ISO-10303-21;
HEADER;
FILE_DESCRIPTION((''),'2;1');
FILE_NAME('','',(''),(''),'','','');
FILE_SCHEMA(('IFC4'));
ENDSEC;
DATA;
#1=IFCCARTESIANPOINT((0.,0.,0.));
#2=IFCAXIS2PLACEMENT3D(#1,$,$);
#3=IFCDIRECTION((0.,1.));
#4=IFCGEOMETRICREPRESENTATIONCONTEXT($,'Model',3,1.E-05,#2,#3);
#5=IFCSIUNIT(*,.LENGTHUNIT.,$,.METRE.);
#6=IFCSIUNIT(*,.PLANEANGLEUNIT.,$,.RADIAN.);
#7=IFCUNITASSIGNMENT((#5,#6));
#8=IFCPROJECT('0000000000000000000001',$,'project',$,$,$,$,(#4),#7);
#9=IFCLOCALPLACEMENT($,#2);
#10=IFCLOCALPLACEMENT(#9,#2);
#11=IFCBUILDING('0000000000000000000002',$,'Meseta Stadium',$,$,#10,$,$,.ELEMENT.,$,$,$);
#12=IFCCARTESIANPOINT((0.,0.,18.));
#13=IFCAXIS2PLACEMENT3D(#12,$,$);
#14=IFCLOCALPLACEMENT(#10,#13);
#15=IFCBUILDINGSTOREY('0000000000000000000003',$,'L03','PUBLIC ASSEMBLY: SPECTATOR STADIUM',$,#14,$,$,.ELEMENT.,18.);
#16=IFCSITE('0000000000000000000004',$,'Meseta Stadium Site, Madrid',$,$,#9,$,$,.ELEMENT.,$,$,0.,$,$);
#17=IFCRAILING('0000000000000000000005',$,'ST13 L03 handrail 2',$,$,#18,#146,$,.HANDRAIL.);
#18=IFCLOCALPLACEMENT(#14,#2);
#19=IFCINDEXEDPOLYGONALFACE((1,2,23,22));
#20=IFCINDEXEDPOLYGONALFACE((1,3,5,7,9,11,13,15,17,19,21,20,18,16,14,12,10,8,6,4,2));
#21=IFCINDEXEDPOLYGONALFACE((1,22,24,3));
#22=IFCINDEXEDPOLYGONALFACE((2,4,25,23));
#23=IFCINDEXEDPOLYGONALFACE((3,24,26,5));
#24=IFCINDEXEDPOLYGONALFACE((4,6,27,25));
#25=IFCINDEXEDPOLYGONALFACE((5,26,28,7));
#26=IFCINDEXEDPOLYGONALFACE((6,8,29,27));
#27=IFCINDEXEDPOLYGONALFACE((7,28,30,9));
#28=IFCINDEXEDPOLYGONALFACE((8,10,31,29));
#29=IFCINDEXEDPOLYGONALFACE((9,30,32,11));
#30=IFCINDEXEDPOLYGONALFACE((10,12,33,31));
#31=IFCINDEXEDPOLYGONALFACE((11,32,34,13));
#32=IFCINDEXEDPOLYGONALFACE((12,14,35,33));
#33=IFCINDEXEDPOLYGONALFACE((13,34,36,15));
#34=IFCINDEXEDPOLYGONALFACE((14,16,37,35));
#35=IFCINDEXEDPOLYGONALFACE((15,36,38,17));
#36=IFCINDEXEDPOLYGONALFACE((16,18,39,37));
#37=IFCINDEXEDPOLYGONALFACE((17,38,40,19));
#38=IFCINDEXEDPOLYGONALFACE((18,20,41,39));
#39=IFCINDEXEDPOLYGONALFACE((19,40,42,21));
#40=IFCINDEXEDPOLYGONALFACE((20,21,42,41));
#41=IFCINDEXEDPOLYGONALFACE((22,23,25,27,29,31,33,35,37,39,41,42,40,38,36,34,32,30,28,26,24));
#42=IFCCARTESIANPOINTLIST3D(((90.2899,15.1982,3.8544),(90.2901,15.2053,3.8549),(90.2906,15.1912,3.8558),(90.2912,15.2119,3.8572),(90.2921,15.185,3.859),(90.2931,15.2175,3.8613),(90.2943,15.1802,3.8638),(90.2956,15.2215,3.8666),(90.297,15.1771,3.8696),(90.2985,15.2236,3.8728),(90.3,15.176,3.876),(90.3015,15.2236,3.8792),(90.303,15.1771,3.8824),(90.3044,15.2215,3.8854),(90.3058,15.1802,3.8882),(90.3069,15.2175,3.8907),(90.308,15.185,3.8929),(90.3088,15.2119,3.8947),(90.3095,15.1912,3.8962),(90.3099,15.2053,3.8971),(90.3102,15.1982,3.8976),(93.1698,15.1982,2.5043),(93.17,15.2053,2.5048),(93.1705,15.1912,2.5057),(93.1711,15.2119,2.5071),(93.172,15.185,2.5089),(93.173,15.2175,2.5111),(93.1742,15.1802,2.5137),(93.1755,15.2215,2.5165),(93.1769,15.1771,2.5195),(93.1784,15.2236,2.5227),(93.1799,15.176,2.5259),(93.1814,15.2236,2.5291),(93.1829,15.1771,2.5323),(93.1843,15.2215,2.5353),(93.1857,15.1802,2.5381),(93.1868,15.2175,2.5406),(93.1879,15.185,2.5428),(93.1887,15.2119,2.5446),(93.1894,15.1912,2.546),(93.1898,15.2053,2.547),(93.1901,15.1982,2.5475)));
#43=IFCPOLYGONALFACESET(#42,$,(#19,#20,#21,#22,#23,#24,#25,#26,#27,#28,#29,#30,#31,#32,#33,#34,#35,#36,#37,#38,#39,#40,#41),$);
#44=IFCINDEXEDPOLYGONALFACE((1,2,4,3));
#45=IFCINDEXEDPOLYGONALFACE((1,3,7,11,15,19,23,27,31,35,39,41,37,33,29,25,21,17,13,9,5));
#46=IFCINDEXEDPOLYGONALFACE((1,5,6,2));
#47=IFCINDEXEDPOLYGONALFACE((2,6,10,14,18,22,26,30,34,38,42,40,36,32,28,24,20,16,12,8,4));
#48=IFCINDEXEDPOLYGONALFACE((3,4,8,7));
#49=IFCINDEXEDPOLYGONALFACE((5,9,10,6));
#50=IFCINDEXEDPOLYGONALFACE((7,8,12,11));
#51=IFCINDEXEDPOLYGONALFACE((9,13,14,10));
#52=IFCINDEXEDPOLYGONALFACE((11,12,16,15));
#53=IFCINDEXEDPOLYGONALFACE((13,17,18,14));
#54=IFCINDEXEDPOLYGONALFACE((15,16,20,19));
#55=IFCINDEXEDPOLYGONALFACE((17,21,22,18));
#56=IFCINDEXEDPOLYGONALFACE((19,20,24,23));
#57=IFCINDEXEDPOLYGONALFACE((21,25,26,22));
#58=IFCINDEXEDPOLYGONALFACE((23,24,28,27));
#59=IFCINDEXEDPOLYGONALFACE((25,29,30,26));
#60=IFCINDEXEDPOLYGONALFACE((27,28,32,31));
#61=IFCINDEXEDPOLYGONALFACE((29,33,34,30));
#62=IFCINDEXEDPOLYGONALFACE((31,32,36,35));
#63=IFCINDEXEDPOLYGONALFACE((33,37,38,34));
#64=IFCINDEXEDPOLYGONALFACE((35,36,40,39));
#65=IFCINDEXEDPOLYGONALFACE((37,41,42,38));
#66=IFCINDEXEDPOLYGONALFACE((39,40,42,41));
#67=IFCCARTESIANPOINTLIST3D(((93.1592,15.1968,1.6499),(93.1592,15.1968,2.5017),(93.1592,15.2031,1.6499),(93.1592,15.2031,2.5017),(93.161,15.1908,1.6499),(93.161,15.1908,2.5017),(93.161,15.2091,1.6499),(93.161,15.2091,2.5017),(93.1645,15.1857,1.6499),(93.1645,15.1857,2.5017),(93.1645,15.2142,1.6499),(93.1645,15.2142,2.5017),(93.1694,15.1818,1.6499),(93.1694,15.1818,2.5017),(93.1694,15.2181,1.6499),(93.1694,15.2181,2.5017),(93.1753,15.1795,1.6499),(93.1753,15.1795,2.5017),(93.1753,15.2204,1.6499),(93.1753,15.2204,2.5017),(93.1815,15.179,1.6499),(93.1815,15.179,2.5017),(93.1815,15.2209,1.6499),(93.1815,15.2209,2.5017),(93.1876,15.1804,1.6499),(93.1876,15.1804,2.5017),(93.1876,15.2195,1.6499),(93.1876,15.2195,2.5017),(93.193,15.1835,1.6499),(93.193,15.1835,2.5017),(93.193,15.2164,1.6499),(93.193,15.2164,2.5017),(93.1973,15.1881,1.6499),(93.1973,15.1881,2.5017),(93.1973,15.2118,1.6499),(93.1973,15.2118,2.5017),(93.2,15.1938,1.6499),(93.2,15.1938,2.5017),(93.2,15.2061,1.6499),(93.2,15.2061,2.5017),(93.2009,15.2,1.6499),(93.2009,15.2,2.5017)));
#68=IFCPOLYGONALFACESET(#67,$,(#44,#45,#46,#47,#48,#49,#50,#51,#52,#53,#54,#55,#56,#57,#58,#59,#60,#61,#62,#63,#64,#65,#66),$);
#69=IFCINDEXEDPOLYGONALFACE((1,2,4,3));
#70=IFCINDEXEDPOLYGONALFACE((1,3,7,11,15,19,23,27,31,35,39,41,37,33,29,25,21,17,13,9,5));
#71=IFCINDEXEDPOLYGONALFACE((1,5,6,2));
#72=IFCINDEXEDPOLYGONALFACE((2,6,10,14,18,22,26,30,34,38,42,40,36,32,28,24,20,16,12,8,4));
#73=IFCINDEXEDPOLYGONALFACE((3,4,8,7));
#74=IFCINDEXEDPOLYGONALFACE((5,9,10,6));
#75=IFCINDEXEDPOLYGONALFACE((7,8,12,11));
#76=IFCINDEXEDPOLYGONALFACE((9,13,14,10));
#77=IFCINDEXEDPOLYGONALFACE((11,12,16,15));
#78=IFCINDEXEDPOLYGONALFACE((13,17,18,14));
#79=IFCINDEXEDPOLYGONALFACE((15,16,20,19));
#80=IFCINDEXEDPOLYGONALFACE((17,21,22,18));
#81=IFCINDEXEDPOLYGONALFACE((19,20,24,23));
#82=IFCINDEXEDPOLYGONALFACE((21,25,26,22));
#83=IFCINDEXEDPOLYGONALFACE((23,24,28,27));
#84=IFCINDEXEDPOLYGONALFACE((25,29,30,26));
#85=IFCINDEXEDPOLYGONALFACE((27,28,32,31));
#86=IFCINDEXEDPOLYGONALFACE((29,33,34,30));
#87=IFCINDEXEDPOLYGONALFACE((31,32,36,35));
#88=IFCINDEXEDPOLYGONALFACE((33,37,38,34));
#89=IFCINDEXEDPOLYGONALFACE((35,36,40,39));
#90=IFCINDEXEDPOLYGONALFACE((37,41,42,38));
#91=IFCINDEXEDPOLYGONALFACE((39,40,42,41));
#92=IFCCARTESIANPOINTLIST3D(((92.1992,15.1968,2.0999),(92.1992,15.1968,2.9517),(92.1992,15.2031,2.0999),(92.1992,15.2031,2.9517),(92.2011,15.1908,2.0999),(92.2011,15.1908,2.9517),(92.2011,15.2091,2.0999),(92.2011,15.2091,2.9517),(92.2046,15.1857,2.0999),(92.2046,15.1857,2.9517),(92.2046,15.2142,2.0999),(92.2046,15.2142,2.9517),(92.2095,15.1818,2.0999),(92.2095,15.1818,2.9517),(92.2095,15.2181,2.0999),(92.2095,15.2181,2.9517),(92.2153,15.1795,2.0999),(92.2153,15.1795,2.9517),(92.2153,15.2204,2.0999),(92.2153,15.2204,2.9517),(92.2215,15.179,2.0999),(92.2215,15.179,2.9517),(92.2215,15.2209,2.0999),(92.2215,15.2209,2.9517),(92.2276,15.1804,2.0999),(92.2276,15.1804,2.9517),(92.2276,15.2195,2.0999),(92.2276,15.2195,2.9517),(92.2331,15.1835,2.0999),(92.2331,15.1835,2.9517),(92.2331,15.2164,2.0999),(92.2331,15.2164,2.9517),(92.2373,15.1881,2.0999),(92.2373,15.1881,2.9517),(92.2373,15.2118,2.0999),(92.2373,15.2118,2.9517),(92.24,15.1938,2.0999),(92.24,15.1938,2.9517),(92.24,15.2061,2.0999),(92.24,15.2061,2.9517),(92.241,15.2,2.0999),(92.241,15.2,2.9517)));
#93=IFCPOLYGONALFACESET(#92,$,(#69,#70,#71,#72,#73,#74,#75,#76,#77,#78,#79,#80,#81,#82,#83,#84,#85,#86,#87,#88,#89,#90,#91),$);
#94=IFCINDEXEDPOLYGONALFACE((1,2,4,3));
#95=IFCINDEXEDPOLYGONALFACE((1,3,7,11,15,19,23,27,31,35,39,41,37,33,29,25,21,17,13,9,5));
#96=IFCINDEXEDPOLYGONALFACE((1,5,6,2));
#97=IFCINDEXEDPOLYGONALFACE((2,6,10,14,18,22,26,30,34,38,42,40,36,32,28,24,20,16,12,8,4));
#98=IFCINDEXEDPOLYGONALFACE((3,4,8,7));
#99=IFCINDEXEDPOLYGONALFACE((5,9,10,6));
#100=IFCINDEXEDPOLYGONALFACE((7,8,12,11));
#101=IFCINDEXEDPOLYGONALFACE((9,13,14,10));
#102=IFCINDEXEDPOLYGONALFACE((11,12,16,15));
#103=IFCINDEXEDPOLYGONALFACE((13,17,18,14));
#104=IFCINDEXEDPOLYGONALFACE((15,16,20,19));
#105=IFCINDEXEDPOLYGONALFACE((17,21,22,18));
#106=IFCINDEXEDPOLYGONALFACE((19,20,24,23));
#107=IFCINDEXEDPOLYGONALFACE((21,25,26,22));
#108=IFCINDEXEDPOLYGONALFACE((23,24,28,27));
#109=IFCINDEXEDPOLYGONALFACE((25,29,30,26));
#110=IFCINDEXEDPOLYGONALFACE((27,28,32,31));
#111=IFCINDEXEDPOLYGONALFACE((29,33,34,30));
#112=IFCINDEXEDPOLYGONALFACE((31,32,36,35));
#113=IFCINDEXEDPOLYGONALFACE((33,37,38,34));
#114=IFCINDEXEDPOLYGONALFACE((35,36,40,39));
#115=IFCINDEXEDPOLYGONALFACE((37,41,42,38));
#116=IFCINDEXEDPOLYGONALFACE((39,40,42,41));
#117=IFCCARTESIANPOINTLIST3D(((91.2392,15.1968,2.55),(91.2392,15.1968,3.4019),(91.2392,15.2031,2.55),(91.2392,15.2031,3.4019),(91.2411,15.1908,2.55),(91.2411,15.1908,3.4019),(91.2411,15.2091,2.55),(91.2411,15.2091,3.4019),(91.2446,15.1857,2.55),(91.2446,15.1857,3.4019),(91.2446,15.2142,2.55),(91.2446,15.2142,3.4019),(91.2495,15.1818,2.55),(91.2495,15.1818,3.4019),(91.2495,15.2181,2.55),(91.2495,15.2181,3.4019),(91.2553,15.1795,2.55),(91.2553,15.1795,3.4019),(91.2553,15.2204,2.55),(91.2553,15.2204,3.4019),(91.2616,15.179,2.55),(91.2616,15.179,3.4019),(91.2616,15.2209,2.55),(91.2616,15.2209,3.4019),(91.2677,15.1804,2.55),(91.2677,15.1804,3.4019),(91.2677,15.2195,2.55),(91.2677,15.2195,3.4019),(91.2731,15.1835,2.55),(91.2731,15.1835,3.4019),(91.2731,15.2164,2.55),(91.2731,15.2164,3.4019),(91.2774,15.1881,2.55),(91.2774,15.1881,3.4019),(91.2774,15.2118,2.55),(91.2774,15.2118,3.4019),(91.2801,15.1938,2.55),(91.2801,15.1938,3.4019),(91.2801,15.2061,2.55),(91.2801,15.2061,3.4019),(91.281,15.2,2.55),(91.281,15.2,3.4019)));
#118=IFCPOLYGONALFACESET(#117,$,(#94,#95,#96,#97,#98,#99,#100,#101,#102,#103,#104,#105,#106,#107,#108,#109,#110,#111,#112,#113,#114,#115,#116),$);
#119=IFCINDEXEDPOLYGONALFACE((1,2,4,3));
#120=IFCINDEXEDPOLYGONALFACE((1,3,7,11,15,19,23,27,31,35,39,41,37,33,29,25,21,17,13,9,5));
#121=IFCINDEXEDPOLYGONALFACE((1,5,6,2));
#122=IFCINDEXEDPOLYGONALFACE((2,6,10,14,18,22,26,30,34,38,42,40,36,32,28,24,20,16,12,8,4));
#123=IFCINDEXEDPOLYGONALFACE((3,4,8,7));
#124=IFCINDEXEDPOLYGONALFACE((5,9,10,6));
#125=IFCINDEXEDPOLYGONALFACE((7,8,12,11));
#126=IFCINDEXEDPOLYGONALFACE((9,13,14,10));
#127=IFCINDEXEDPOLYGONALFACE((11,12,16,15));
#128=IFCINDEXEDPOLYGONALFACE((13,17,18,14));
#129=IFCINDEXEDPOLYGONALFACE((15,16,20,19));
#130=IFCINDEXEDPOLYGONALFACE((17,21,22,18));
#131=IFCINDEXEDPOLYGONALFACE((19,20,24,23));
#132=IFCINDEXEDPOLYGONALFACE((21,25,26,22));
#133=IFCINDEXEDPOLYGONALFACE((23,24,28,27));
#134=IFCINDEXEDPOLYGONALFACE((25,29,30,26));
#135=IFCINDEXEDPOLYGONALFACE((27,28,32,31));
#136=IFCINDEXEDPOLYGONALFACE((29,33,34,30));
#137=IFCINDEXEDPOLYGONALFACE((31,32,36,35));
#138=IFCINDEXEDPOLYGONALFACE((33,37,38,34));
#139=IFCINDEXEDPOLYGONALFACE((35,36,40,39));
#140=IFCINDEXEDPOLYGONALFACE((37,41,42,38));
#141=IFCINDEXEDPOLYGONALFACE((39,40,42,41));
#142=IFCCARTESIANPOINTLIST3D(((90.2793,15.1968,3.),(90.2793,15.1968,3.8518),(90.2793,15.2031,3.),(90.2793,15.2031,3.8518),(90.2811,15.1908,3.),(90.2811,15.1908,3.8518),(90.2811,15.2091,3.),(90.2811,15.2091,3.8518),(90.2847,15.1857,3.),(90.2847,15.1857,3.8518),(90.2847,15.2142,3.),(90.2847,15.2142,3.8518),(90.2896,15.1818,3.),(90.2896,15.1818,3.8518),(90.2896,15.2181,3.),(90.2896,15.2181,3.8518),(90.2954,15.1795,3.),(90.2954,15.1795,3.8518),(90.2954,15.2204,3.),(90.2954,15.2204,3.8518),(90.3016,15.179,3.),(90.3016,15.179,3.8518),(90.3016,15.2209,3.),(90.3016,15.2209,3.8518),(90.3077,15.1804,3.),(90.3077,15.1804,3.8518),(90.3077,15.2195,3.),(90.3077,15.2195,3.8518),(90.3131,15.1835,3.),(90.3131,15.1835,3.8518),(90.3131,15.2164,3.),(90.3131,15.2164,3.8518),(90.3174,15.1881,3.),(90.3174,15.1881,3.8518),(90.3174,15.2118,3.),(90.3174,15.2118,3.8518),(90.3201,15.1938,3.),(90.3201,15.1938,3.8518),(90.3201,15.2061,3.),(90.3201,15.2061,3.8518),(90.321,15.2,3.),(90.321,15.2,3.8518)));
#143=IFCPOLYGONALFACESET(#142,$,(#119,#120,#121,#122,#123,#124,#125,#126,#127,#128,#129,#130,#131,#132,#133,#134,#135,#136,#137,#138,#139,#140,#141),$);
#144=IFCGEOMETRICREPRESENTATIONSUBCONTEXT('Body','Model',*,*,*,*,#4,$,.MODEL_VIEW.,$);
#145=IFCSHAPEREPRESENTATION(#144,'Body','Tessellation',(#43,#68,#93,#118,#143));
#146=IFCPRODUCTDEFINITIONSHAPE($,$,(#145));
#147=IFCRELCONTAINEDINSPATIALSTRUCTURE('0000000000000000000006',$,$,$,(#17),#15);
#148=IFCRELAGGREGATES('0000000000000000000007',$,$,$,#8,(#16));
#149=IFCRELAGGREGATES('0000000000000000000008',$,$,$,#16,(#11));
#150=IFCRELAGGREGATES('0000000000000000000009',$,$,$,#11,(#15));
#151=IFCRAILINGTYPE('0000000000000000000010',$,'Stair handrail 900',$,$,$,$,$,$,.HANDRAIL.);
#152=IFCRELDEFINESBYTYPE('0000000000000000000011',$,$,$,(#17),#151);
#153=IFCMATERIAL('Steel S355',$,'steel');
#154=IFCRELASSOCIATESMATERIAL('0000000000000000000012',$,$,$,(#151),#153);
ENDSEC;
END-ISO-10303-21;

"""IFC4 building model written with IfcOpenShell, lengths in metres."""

from ifc_helpers import new_model, si_unit, direction, frame, origin, origin_2d, place, context, subcontext, project, spatial, circle, extrude, material, type_object, element, save


model = new_model("IFC4")

# Units and contexts
model_context = context("Model", 3, precision=1e-05, world=origin(), true_north=direction((0.0, 1.0)))
body_context = subcontext(model_context, "Body", "Model", "MODEL_VIEW")
ifc_project = project(units=[si_unit("LENGTHUNIT", "METRE"), si_unit("PLANEANGLEUNIT", "RADIAN")], contexts=[model_context])

# Site, building, storey
site_placement = place(None, origin())
site = spatial("IfcSite", under=ifc_project, at=site_placement, Name="Meseta Stadium Site, Madrid", CompositionType="ELEMENT", RefElevation=0.0)
building_placement = place(site_placement, origin())
building = spatial("IfcBuilding", under=site, at=building_placement, Name="Meseta Stadium", CompositionType="ELEMENT")
storey_placement = place(building_placement, frame((0.0, 0.0, 18.0)))
storey = spatial("IfcBuildingStorey", under=building, at=storey_placement, Name="L03", Description="PUBLIC ASSEMBLY: SPECTATOR STADIUM", CompositionType="ELEMENT", Elevation=18.0)

# Railing
ifc_material_1 = material(Name="Steel S355", Category="steel")
railing_type_1 = type_object("IfcRailingType", Name="Stair handrail 900", PredefinedType="HANDRAIL", material=ifc_material_1)
for number, where, name in (
    (1, (93.1799, 15.2, 1.6499), "ST13 L03 handrail 2"),
):
    element("IfcRailing", number, at=place(storey_placement, frame(where)), inside=storey, type_object=railing_type_1, Name=name, PredefinedType="HANDRAIL", context=body_context, shape_type="SweptSolid", body=[
        extrude(circle(Radius=0.0239, at=origin_2d()), frame((0.0, 0.0, 0.876), z_axis=(-0.90544, 0.0, 0.424473), x_axis=(0.0, -1.0, 0.0)), (0.0, 0.0, 1.0), 3.1807),
        extrude(circle(Radius=0.021, at=origin_2d()), origin(), (0.0, 0.0, 1.0), 0.8518),
        extrude(circle(Radius=0.021, at=origin_2d()), frame((-0.96, 0.0, 0.45)), (0.0, 0.0, 1.0), 0.8518),
        extrude(circle(Radius=0.021, at=origin_2d()), frame((-1.9199, 0.0, 0.9001)), (0.0, 0.0, 1.0), 0.8518),
        extrude(circle(Radius=0.021, at=origin_2d()), frame((-2.8799, 0.0, 1.3501)), (0.0, 0.0, 1.0), 0.8518),
    ])

save(model, "model.ifc")
